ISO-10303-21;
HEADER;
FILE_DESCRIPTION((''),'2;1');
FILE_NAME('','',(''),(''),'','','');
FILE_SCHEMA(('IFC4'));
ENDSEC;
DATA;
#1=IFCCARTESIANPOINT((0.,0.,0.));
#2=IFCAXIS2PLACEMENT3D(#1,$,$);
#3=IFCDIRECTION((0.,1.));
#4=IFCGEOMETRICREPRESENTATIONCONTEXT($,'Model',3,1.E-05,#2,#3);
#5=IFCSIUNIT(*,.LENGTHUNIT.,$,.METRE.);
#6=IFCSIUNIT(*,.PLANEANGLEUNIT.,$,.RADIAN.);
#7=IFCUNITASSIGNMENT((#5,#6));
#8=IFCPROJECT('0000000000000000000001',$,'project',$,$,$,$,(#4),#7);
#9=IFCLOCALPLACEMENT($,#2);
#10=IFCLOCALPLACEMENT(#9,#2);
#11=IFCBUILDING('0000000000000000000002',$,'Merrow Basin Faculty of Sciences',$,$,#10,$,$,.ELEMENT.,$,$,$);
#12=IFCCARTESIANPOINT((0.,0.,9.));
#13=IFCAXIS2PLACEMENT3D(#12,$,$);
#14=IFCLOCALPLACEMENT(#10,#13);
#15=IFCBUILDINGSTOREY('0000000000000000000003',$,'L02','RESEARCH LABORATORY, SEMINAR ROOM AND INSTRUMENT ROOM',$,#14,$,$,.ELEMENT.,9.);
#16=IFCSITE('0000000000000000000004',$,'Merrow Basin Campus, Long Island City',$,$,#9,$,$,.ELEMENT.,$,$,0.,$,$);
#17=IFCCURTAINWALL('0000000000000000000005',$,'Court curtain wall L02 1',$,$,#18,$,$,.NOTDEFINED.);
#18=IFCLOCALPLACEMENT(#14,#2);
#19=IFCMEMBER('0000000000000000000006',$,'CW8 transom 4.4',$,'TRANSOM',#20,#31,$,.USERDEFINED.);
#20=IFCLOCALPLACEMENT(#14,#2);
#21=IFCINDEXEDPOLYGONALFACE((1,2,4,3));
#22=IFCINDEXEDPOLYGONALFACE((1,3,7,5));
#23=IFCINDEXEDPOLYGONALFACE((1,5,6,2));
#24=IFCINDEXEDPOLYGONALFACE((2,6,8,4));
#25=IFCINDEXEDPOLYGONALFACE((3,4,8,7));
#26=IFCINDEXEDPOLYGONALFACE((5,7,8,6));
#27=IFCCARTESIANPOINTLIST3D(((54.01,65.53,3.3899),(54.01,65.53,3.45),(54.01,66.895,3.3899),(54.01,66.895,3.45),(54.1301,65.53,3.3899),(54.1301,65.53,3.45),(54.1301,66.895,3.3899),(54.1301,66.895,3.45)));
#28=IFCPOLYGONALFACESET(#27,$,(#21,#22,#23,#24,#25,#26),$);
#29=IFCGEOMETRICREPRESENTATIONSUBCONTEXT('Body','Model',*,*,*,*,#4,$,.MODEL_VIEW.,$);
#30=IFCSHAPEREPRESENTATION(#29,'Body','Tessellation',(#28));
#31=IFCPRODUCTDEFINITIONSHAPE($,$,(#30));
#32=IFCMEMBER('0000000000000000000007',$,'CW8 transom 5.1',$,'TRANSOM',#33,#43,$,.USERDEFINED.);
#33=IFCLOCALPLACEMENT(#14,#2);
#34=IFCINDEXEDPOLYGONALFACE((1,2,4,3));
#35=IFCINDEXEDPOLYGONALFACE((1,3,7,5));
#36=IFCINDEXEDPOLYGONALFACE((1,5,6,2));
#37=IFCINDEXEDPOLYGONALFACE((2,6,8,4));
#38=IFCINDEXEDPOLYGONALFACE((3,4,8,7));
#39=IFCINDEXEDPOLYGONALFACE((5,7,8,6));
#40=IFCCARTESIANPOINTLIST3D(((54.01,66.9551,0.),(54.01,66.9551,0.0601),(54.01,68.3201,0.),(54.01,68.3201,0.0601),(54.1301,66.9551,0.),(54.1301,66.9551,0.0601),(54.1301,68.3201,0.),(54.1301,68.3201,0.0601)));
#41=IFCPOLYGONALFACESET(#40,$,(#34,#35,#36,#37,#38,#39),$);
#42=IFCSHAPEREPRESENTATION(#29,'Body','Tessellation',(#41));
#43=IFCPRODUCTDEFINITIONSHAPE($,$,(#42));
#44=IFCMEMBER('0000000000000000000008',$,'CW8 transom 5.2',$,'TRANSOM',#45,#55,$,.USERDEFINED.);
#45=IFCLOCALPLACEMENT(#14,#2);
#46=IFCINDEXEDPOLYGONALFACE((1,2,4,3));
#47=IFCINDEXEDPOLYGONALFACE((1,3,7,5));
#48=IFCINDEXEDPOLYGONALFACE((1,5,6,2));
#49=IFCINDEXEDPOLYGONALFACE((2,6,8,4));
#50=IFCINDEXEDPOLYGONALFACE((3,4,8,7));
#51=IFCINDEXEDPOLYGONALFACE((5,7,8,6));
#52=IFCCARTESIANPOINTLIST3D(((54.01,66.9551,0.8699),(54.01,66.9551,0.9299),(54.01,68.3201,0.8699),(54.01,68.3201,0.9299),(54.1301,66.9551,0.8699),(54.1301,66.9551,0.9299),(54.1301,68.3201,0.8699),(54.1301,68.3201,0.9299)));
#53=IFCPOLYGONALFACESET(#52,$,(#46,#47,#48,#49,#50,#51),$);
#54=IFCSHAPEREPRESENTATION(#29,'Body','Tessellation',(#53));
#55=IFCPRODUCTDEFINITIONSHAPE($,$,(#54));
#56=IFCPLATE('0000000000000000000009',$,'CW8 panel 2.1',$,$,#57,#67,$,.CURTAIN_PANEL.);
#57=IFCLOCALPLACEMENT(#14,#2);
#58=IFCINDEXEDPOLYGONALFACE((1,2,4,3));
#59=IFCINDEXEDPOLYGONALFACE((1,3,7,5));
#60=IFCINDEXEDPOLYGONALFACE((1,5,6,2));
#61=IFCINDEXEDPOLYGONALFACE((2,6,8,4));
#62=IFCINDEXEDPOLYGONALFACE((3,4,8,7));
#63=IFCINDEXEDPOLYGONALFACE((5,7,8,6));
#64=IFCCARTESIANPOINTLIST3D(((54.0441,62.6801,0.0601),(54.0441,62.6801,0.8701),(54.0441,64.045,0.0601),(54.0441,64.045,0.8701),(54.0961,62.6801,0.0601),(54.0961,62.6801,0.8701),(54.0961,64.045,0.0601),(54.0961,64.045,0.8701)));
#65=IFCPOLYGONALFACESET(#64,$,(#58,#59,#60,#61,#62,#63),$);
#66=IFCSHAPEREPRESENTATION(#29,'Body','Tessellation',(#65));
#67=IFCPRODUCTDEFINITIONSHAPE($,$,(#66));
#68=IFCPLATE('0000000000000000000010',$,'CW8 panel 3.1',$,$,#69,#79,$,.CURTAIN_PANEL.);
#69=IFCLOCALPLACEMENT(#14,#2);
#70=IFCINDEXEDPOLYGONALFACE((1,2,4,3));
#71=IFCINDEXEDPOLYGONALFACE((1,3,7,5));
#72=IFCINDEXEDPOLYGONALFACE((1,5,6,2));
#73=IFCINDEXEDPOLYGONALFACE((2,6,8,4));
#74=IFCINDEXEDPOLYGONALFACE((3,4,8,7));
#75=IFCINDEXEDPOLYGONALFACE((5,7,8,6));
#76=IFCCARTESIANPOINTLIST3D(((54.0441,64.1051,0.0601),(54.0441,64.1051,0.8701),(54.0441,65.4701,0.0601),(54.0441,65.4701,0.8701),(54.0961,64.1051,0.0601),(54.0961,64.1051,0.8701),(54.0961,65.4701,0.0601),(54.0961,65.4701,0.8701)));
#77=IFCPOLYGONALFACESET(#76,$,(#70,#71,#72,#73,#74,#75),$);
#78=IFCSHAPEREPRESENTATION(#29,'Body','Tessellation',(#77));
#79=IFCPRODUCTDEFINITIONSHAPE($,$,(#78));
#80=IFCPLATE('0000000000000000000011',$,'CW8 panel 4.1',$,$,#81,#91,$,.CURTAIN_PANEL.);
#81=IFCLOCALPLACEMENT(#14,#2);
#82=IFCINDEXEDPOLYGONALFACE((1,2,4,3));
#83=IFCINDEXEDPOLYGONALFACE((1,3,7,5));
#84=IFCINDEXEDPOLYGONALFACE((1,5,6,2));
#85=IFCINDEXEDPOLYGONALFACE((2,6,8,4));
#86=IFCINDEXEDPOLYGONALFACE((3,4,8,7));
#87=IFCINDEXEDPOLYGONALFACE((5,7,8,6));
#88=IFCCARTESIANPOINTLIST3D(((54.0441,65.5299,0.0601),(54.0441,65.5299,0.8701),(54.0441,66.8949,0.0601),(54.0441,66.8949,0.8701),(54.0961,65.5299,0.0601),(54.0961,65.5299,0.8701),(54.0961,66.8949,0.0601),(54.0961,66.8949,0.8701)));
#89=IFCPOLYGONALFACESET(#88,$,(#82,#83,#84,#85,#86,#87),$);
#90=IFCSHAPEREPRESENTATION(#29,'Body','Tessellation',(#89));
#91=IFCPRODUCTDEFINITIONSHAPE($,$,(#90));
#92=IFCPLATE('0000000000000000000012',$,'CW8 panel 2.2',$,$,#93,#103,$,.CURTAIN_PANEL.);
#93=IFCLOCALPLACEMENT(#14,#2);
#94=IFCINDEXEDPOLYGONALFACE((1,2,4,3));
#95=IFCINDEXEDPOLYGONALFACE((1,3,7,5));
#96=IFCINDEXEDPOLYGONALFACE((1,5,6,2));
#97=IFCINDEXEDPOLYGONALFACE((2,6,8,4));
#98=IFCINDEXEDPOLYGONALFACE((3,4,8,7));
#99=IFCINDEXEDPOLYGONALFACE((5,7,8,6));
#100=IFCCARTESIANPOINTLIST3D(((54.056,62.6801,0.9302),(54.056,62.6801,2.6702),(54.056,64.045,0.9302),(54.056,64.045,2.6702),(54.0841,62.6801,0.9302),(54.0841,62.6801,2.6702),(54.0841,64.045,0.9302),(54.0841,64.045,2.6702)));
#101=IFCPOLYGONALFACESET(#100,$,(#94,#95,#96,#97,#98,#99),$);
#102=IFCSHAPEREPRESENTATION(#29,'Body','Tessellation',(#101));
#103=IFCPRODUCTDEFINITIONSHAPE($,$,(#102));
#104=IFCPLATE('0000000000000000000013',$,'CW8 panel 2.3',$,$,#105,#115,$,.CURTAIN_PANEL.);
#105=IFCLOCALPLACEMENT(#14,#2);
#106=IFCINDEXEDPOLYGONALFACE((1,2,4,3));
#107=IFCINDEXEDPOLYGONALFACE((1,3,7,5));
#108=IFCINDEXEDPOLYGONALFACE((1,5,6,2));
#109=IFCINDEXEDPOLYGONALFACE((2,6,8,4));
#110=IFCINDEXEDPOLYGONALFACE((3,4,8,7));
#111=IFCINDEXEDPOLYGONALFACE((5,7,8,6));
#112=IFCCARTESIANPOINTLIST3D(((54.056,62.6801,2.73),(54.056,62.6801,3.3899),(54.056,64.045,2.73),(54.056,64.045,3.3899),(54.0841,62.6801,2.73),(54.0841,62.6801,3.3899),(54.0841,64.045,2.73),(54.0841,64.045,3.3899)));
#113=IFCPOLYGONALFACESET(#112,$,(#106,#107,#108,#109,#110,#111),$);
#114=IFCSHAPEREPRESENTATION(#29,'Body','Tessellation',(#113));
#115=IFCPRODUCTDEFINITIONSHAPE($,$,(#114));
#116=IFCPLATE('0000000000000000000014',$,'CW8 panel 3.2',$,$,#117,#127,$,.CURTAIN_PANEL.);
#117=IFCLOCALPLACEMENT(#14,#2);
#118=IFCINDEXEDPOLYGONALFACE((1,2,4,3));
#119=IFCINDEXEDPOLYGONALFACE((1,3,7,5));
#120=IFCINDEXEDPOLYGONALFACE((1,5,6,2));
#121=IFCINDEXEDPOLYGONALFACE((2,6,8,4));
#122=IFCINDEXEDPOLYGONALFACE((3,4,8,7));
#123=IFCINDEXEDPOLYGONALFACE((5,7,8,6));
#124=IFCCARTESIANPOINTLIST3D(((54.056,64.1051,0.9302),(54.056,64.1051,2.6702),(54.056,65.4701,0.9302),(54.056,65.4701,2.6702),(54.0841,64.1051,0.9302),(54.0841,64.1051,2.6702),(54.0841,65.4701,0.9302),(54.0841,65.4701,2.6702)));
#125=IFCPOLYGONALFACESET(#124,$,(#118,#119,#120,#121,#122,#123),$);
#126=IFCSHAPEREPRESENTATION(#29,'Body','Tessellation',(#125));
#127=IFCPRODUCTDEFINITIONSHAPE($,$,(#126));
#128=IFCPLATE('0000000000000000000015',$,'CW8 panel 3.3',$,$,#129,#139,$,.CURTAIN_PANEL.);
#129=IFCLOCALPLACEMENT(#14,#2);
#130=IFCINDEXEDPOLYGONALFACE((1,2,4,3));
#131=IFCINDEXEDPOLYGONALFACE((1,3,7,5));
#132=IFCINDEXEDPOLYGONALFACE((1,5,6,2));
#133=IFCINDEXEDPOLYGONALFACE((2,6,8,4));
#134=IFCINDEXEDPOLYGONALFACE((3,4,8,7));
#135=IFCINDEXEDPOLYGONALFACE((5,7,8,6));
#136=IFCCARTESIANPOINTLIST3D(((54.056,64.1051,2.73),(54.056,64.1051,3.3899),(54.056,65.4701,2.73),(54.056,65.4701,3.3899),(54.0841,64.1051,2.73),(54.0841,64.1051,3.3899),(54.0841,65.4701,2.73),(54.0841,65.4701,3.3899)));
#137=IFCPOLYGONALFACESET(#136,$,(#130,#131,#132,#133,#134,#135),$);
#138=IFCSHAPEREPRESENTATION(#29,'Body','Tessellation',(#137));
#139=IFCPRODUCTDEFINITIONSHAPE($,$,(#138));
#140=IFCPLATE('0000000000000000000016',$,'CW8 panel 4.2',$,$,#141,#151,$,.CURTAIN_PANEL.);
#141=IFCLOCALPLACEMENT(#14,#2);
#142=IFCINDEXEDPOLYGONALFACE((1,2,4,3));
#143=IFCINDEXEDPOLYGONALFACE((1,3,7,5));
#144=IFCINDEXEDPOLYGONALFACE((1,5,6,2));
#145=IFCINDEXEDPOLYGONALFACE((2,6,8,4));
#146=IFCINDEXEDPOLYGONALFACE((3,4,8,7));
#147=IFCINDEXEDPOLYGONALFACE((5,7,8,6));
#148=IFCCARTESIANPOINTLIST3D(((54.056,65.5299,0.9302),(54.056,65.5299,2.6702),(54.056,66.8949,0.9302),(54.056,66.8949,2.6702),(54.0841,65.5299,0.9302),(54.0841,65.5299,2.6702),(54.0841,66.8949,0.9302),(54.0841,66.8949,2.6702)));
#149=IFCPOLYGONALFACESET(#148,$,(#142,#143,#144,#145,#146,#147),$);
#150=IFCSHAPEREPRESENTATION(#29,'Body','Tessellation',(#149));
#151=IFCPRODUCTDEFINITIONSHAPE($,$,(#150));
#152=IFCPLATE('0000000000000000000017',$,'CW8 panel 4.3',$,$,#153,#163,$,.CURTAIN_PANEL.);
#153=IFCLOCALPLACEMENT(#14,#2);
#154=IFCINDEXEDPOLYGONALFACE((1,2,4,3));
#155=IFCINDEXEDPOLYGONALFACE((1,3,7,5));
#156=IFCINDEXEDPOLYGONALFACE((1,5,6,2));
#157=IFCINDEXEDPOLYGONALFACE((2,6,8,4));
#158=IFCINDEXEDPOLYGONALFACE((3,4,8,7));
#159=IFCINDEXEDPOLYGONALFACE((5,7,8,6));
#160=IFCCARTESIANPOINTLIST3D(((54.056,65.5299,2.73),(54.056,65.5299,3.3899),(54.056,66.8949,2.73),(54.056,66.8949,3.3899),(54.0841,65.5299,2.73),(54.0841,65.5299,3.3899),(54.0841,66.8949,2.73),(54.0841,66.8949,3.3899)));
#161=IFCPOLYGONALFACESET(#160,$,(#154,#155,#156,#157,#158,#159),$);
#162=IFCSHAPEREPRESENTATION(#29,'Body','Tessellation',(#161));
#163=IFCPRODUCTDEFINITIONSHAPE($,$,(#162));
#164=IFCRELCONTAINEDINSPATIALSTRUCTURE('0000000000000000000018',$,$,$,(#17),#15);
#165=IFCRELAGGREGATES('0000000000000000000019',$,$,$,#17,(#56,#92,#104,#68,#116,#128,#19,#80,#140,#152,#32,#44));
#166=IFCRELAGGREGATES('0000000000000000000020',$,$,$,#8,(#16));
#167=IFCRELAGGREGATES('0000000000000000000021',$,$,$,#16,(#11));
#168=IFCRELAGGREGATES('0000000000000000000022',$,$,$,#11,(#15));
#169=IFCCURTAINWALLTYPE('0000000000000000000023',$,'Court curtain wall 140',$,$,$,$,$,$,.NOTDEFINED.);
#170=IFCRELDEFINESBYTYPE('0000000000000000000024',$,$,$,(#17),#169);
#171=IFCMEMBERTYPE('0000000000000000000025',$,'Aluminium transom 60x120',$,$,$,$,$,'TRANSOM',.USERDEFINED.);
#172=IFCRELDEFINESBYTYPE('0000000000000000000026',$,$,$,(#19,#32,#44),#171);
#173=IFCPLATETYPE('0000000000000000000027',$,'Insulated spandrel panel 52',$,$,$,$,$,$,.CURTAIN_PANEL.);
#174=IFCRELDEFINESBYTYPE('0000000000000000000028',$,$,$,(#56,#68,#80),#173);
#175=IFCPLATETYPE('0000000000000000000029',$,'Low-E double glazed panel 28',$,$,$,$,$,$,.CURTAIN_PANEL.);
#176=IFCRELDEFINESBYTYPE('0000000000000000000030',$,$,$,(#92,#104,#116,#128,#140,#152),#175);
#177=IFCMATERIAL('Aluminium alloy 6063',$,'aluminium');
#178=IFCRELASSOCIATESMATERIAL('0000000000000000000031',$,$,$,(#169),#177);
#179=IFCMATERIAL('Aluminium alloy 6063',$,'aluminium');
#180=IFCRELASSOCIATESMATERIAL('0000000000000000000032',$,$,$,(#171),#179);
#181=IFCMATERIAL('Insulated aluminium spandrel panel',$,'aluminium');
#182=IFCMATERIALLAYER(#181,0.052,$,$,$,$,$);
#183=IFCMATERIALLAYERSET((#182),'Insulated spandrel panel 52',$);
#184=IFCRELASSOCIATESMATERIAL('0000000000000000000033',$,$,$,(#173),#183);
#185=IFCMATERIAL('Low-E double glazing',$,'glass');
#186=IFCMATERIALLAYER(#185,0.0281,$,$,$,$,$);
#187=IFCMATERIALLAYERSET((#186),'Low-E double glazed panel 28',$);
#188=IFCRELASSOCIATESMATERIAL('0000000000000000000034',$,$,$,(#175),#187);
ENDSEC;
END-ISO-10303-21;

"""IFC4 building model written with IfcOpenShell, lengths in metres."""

from ifc_helpers import new_model, si_unit, direction, frame, origin, origin_2d, place, context, subcontext, project, spatial, rectangle, extrude, material, layer, layer_set, material_profile, profile_set, type_object, element, aggregate, save


model = new_model("IFC4")

# Units and contexts
model_context = context("Model", 3, precision=1e-05, world=origin(), true_north=direction((0.0, 1.0)))
body_context = subcontext(model_context, "Body", "Model", "MODEL_VIEW")
ifc_project = project(units=[si_unit("LENGTHUNIT", "METRE"), si_unit("PLANEANGLEUNIT", "RADIAN")], contexts=[model_context])

# Site, building, storey
site_placement = place(None, origin())
site = spatial("IfcSite", under=ifc_project, at=site_placement, Name="Merrow Basin Campus, Long Island City", CompositionType="ELEMENT", RefElevation=0.0)
building_placement = place(site_placement, origin())
building = spatial("IfcBuilding", under=site, at=building_placement, Name="Merrow Basin Faculty of Sciences", CompositionType="ELEMENT")
storey_placement = place(building_placement, frame((0.0, 0.0, 9.0)))
storey = spatial("IfcBuildingStorey", under=building, at=storey_placement, Name="L02", Description="RESEARCH LABORATORY, SEMINAR ROOM AND INSTRUMENT ROOM", CompositionType="ELEMENT", Elevation=9.0)

# Curtain wall, members, plates
ifc_material_1 = material(Name="Aluminium alloy 6063", Category="aluminium")
curtain_wall_type = type_object("IfcCurtainWallType", Name="Court curtain wall 140", PredefinedType="NOTDEFINED", material=ifc_material_1)
curtain_wall_placement = place(storey_placement, origin())
curtain_wall = element("IfcCurtainWall", 1, at=curtain_wall_placement, inside=storey, type_object=curtain_wall_type, Name="Court curtain wall L02 1", PredefinedType="NOTDEFINED")
ifc_material_2 = material(Name="Aluminium alloy 6063", Category="aluminium")
ifc_material_profile_1 = material_profile(ifc_material_2, rectangle(XDim=0.1201, YDim=0.0601, at=origin_2d()))
ifc_profile_set_1 = profile_set([ifc_material_profile_1], Name="Aluminium alloy 6063")
member_type_1 = type_object("IfcMemberType", Name="Aluminium transom 60x120", ElementType="TRANSOM", PredefinedType="USERDEFINED", material=ifc_profile_set_1)
member_1_placement = place(storey_placement, frame((54.0701, 65.53, 3.4199), z_axis=(0.0, 1.0, 0.0), x_axis=(-1.0, 0.0, 0.0)))
member_1 = element("IfcMember", 2, at=member_1_placement, type_object=member_type_1, Name="CW8 transom 4.4", ObjectType="TRANSOM", PredefinedType="USERDEFINED", context=body_context, shape_type="SweptSolid", body=[
    extrude(rectangle(XDim=0.1201, YDim=0.0601, at=origin_2d()), origin(), (0.0, 0.0, 1.0), 1.365),
])
member_2_placement = place(storey_placement, frame((54.0701, 66.9551, 0.03), z_axis=(0.0, 1.0, 0.0), x_axis=(-1.0, 0.0, 0.0)))
member_2 = element("IfcMember", 3, at=member_2_placement, type_object=member_type_1, Name="CW8 transom 5.1", ObjectType="TRANSOM", PredefinedType="USERDEFINED", context=body_context, shape_type="SweptSolid", body=[
    extrude(rectangle(XDim=0.1201, YDim=0.0601, at=origin_2d()), origin(), (0.0, 0.0, 1.0), 1.365),
])
member_3_placement = place(storey_placement, frame((54.0701, 66.9551, 0.8999), z_axis=(0.0, 1.0, 0.0), x_axis=(-1.0, 0.0, 0.0)))
member_3 = element("IfcMember", 4, at=member_3_placement, type_object=member_type_1, Name="CW8 transom 5.2", ObjectType="TRANSOM", PredefinedType="USERDEFINED", context=body_context, shape_type="SweptSolid", body=[
    extrude(rectangle(XDim=0.1201, YDim=0.0601, at=origin_2d()), origin(), (0.0, 0.0, 1.0), 1.365),
])
ifc_material_3 = material(Name="Insulated aluminium spandrel panel", Category="aluminium")
ifc_layer_1 = layer(ifc_material_3, 0.052)
ifc_layer_set_1 = layer_set([ifc_layer_1], Name="Insulated spandrel panel 52")
plate_type_1 = type_object("IfcPlateType", Name="Insulated spandrel panel 52", PredefinedType="CURTAIN_PANEL", material=ifc_layer_set_1)
plate_1_placement = place(storey_placement, frame((54.0701, 63.3625, 0.0601), z_axis=(0.0, 0.0, 1.0), x_axis=(0.0, 1.0, 0.0)))
plate_1 = element("IfcPlate", 5, at=plate_1_placement, type_object=plate_type_1, Name="CW8 panel 2.1", PredefinedType="CURTAIN_PANEL", context=body_context, shape_type="SweptSolid", body=[
    extrude(rectangle(XDim=1.365, YDim=0.052, at=origin_2d()), origin(), (0.0, 0.0, 1.0), 0.8101),
])
plate_2_placement = place(storey_placement, frame((54.0701, 64.7876, 0.0601), z_axis=(0.0, 0.0, 1.0), x_axis=(0.0, 1.0, 0.0)))
plate_2 = element("IfcPlate", 6, at=plate_2_placement, type_object=plate_type_1, Name="CW8 panel 3.1", PredefinedType="CURTAIN_PANEL", context=body_context, shape_type="SweptSolid", body=[
    extrude(rectangle(XDim=1.365, YDim=0.052, at=origin_2d()), origin(), (0.0, 0.0, 1.0), 0.8101),
])
plate_3_placement = place(storey_placement, frame((54.0701, 66.2124, 0.0601), z_axis=(0.0, 0.0, 1.0), x_axis=(0.0, 1.0, 0.0)))
plate_3 = element("IfcPlate", 7, at=plate_3_placement, type_object=plate_type_1, Name="CW8 panel 4.1", PredefinedType="CURTAIN_PANEL", context=body_context, shape_type="SweptSolid", body=[
    extrude(rectangle(XDim=1.365, YDim=0.052, at=origin_2d()), origin(), (0.0, 0.0, 1.0), 0.8101),
])
ifc_material_4 = material(Name="Low-E double glazing", Category="glass")
ifc_layer_2 = layer(ifc_material_4, 0.0281)
ifc_layer_set_2 = layer_set([ifc_layer_2], Name="Low-E double glazed panel 28")
plate_type_2 = type_object("IfcPlateType", Name="Low-E double glazed panel 28", PredefinedType="CURTAIN_PANEL", material=ifc_layer_set_2)
plate_4_placement = place(storey_placement, frame((54.0701, 63.3625, 0.9302), z_axis=(0.0, 0.0, 1.0), x_axis=(0.0, 1.0, 0.0)))
plate_4 = element("IfcPlate", 8, at=plate_4_placement, type_object=plate_type_2, Name="CW8 panel 2.2", PredefinedType="CURTAIN_PANEL", context=body_context, shape_type="SweptSolid", body=[
    extrude(rectangle(XDim=1.365, YDim=0.0281, at=origin_2d()), origin(), (0.0, 0.0, 1.0), 1.74),
])
plate_5_placement = place(storey_placement, frame((54.0701, 63.3625, 2.73), z_axis=(0.0, 0.0, 1.0), x_axis=(0.0, 1.0, 0.0)))
plate_5 = element("IfcPlate", 9, at=plate_5_placement, type_object=plate_type_2, Name="CW8 panel 2.3", PredefinedType="CURTAIN_PANEL", context=body_context, shape_type="SweptSolid", body=[
    extrude(rectangle(XDim=1.365, YDim=0.0281, at=origin_2d()), origin(), (0.0, 0.0, 1.0), 0.6599),
])
plate_6_placement = place(storey_placement, frame((54.0701, 64.7876, 0.9302), z_axis=(0.0, 0.0, 1.0), x_axis=(0.0, 1.0, 0.0)))
plate_6 = element("IfcPlate", 10, at=plate_6_placement, type_object=plate_type_2, Name="CW8 panel 3.2", PredefinedType="CURTAIN_PANEL", context=body_context, shape_type="SweptSolid", body=[
    extrude(rectangle(XDim=1.365, YDim=0.0281, at=origin_2d()), origin(), (0.0, 0.0, 1.0), 1.74),
])
plate_7_placement = place(storey_placement, frame((54.0701, 64.7876, 2.73), z_axis=(0.0, 0.0, 1.0), x_axis=(0.0, 1.0, 0.0)))
plate_7 = element("IfcPlate", 11, at=plate_7_placement, type_object=plate_type_2, Name="CW8 panel 3.3", PredefinedType="CURTAIN_PANEL", context=body_context, shape_type="SweptSolid", body=[
    extrude(rectangle(XDim=1.365, YDim=0.0281, at=origin_2d()), origin(), (0.0, 0.0, 1.0), 0.6599),
])
plate_8_placement = place(storey_placement, frame((54.0701, 66.2124, 0.9302), z_axis=(0.0, 0.0, 1.0), x_axis=(0.0, 1.0, 0.0)))
plate_8 = element("IfcPlate", 12, at=plate_8_placement, type_object=plate_type_2, Name="CW8 panel 4.2", PredefinedType="CURTAIN_PANEL", context=body_context, shape_type="SweptSolid", body=[
    extrude(rectangle(XDim=1.365, YDim=0.0281, at=origin_2d()), origin(), (0.0, 0.0, 1.0), 1.74),
])
plate_9_placement = place(storey_placement, frame((54.0701, 66.2124, 2.73), z_axis=(0.0, 0.0, 1.0), x_axis=(0.0, 1.0, 0.0)))
plate_9 = element("IfcPlate", 13, at=plate_9_placement, type_object=plate_type_2, Name="CW8 panel 4.3", PredefinedType="CURTAIN_PANEL", context=body_context, shape_type="SweptSolid", body=[
    extrude(rectangle(XDim=1.365, YDim=0.0281, at=origin_2d()), origin(), (0.0, 0.0, 1.0), 0.6599),
])
aggregate(curtain_wall, [plate_1, plate_4, plate_5, plate_2, plate_6, plate_7, member_1, plate_3, plate_8, plate_9, member_2, member_3])

save(model, "model.ifc")
